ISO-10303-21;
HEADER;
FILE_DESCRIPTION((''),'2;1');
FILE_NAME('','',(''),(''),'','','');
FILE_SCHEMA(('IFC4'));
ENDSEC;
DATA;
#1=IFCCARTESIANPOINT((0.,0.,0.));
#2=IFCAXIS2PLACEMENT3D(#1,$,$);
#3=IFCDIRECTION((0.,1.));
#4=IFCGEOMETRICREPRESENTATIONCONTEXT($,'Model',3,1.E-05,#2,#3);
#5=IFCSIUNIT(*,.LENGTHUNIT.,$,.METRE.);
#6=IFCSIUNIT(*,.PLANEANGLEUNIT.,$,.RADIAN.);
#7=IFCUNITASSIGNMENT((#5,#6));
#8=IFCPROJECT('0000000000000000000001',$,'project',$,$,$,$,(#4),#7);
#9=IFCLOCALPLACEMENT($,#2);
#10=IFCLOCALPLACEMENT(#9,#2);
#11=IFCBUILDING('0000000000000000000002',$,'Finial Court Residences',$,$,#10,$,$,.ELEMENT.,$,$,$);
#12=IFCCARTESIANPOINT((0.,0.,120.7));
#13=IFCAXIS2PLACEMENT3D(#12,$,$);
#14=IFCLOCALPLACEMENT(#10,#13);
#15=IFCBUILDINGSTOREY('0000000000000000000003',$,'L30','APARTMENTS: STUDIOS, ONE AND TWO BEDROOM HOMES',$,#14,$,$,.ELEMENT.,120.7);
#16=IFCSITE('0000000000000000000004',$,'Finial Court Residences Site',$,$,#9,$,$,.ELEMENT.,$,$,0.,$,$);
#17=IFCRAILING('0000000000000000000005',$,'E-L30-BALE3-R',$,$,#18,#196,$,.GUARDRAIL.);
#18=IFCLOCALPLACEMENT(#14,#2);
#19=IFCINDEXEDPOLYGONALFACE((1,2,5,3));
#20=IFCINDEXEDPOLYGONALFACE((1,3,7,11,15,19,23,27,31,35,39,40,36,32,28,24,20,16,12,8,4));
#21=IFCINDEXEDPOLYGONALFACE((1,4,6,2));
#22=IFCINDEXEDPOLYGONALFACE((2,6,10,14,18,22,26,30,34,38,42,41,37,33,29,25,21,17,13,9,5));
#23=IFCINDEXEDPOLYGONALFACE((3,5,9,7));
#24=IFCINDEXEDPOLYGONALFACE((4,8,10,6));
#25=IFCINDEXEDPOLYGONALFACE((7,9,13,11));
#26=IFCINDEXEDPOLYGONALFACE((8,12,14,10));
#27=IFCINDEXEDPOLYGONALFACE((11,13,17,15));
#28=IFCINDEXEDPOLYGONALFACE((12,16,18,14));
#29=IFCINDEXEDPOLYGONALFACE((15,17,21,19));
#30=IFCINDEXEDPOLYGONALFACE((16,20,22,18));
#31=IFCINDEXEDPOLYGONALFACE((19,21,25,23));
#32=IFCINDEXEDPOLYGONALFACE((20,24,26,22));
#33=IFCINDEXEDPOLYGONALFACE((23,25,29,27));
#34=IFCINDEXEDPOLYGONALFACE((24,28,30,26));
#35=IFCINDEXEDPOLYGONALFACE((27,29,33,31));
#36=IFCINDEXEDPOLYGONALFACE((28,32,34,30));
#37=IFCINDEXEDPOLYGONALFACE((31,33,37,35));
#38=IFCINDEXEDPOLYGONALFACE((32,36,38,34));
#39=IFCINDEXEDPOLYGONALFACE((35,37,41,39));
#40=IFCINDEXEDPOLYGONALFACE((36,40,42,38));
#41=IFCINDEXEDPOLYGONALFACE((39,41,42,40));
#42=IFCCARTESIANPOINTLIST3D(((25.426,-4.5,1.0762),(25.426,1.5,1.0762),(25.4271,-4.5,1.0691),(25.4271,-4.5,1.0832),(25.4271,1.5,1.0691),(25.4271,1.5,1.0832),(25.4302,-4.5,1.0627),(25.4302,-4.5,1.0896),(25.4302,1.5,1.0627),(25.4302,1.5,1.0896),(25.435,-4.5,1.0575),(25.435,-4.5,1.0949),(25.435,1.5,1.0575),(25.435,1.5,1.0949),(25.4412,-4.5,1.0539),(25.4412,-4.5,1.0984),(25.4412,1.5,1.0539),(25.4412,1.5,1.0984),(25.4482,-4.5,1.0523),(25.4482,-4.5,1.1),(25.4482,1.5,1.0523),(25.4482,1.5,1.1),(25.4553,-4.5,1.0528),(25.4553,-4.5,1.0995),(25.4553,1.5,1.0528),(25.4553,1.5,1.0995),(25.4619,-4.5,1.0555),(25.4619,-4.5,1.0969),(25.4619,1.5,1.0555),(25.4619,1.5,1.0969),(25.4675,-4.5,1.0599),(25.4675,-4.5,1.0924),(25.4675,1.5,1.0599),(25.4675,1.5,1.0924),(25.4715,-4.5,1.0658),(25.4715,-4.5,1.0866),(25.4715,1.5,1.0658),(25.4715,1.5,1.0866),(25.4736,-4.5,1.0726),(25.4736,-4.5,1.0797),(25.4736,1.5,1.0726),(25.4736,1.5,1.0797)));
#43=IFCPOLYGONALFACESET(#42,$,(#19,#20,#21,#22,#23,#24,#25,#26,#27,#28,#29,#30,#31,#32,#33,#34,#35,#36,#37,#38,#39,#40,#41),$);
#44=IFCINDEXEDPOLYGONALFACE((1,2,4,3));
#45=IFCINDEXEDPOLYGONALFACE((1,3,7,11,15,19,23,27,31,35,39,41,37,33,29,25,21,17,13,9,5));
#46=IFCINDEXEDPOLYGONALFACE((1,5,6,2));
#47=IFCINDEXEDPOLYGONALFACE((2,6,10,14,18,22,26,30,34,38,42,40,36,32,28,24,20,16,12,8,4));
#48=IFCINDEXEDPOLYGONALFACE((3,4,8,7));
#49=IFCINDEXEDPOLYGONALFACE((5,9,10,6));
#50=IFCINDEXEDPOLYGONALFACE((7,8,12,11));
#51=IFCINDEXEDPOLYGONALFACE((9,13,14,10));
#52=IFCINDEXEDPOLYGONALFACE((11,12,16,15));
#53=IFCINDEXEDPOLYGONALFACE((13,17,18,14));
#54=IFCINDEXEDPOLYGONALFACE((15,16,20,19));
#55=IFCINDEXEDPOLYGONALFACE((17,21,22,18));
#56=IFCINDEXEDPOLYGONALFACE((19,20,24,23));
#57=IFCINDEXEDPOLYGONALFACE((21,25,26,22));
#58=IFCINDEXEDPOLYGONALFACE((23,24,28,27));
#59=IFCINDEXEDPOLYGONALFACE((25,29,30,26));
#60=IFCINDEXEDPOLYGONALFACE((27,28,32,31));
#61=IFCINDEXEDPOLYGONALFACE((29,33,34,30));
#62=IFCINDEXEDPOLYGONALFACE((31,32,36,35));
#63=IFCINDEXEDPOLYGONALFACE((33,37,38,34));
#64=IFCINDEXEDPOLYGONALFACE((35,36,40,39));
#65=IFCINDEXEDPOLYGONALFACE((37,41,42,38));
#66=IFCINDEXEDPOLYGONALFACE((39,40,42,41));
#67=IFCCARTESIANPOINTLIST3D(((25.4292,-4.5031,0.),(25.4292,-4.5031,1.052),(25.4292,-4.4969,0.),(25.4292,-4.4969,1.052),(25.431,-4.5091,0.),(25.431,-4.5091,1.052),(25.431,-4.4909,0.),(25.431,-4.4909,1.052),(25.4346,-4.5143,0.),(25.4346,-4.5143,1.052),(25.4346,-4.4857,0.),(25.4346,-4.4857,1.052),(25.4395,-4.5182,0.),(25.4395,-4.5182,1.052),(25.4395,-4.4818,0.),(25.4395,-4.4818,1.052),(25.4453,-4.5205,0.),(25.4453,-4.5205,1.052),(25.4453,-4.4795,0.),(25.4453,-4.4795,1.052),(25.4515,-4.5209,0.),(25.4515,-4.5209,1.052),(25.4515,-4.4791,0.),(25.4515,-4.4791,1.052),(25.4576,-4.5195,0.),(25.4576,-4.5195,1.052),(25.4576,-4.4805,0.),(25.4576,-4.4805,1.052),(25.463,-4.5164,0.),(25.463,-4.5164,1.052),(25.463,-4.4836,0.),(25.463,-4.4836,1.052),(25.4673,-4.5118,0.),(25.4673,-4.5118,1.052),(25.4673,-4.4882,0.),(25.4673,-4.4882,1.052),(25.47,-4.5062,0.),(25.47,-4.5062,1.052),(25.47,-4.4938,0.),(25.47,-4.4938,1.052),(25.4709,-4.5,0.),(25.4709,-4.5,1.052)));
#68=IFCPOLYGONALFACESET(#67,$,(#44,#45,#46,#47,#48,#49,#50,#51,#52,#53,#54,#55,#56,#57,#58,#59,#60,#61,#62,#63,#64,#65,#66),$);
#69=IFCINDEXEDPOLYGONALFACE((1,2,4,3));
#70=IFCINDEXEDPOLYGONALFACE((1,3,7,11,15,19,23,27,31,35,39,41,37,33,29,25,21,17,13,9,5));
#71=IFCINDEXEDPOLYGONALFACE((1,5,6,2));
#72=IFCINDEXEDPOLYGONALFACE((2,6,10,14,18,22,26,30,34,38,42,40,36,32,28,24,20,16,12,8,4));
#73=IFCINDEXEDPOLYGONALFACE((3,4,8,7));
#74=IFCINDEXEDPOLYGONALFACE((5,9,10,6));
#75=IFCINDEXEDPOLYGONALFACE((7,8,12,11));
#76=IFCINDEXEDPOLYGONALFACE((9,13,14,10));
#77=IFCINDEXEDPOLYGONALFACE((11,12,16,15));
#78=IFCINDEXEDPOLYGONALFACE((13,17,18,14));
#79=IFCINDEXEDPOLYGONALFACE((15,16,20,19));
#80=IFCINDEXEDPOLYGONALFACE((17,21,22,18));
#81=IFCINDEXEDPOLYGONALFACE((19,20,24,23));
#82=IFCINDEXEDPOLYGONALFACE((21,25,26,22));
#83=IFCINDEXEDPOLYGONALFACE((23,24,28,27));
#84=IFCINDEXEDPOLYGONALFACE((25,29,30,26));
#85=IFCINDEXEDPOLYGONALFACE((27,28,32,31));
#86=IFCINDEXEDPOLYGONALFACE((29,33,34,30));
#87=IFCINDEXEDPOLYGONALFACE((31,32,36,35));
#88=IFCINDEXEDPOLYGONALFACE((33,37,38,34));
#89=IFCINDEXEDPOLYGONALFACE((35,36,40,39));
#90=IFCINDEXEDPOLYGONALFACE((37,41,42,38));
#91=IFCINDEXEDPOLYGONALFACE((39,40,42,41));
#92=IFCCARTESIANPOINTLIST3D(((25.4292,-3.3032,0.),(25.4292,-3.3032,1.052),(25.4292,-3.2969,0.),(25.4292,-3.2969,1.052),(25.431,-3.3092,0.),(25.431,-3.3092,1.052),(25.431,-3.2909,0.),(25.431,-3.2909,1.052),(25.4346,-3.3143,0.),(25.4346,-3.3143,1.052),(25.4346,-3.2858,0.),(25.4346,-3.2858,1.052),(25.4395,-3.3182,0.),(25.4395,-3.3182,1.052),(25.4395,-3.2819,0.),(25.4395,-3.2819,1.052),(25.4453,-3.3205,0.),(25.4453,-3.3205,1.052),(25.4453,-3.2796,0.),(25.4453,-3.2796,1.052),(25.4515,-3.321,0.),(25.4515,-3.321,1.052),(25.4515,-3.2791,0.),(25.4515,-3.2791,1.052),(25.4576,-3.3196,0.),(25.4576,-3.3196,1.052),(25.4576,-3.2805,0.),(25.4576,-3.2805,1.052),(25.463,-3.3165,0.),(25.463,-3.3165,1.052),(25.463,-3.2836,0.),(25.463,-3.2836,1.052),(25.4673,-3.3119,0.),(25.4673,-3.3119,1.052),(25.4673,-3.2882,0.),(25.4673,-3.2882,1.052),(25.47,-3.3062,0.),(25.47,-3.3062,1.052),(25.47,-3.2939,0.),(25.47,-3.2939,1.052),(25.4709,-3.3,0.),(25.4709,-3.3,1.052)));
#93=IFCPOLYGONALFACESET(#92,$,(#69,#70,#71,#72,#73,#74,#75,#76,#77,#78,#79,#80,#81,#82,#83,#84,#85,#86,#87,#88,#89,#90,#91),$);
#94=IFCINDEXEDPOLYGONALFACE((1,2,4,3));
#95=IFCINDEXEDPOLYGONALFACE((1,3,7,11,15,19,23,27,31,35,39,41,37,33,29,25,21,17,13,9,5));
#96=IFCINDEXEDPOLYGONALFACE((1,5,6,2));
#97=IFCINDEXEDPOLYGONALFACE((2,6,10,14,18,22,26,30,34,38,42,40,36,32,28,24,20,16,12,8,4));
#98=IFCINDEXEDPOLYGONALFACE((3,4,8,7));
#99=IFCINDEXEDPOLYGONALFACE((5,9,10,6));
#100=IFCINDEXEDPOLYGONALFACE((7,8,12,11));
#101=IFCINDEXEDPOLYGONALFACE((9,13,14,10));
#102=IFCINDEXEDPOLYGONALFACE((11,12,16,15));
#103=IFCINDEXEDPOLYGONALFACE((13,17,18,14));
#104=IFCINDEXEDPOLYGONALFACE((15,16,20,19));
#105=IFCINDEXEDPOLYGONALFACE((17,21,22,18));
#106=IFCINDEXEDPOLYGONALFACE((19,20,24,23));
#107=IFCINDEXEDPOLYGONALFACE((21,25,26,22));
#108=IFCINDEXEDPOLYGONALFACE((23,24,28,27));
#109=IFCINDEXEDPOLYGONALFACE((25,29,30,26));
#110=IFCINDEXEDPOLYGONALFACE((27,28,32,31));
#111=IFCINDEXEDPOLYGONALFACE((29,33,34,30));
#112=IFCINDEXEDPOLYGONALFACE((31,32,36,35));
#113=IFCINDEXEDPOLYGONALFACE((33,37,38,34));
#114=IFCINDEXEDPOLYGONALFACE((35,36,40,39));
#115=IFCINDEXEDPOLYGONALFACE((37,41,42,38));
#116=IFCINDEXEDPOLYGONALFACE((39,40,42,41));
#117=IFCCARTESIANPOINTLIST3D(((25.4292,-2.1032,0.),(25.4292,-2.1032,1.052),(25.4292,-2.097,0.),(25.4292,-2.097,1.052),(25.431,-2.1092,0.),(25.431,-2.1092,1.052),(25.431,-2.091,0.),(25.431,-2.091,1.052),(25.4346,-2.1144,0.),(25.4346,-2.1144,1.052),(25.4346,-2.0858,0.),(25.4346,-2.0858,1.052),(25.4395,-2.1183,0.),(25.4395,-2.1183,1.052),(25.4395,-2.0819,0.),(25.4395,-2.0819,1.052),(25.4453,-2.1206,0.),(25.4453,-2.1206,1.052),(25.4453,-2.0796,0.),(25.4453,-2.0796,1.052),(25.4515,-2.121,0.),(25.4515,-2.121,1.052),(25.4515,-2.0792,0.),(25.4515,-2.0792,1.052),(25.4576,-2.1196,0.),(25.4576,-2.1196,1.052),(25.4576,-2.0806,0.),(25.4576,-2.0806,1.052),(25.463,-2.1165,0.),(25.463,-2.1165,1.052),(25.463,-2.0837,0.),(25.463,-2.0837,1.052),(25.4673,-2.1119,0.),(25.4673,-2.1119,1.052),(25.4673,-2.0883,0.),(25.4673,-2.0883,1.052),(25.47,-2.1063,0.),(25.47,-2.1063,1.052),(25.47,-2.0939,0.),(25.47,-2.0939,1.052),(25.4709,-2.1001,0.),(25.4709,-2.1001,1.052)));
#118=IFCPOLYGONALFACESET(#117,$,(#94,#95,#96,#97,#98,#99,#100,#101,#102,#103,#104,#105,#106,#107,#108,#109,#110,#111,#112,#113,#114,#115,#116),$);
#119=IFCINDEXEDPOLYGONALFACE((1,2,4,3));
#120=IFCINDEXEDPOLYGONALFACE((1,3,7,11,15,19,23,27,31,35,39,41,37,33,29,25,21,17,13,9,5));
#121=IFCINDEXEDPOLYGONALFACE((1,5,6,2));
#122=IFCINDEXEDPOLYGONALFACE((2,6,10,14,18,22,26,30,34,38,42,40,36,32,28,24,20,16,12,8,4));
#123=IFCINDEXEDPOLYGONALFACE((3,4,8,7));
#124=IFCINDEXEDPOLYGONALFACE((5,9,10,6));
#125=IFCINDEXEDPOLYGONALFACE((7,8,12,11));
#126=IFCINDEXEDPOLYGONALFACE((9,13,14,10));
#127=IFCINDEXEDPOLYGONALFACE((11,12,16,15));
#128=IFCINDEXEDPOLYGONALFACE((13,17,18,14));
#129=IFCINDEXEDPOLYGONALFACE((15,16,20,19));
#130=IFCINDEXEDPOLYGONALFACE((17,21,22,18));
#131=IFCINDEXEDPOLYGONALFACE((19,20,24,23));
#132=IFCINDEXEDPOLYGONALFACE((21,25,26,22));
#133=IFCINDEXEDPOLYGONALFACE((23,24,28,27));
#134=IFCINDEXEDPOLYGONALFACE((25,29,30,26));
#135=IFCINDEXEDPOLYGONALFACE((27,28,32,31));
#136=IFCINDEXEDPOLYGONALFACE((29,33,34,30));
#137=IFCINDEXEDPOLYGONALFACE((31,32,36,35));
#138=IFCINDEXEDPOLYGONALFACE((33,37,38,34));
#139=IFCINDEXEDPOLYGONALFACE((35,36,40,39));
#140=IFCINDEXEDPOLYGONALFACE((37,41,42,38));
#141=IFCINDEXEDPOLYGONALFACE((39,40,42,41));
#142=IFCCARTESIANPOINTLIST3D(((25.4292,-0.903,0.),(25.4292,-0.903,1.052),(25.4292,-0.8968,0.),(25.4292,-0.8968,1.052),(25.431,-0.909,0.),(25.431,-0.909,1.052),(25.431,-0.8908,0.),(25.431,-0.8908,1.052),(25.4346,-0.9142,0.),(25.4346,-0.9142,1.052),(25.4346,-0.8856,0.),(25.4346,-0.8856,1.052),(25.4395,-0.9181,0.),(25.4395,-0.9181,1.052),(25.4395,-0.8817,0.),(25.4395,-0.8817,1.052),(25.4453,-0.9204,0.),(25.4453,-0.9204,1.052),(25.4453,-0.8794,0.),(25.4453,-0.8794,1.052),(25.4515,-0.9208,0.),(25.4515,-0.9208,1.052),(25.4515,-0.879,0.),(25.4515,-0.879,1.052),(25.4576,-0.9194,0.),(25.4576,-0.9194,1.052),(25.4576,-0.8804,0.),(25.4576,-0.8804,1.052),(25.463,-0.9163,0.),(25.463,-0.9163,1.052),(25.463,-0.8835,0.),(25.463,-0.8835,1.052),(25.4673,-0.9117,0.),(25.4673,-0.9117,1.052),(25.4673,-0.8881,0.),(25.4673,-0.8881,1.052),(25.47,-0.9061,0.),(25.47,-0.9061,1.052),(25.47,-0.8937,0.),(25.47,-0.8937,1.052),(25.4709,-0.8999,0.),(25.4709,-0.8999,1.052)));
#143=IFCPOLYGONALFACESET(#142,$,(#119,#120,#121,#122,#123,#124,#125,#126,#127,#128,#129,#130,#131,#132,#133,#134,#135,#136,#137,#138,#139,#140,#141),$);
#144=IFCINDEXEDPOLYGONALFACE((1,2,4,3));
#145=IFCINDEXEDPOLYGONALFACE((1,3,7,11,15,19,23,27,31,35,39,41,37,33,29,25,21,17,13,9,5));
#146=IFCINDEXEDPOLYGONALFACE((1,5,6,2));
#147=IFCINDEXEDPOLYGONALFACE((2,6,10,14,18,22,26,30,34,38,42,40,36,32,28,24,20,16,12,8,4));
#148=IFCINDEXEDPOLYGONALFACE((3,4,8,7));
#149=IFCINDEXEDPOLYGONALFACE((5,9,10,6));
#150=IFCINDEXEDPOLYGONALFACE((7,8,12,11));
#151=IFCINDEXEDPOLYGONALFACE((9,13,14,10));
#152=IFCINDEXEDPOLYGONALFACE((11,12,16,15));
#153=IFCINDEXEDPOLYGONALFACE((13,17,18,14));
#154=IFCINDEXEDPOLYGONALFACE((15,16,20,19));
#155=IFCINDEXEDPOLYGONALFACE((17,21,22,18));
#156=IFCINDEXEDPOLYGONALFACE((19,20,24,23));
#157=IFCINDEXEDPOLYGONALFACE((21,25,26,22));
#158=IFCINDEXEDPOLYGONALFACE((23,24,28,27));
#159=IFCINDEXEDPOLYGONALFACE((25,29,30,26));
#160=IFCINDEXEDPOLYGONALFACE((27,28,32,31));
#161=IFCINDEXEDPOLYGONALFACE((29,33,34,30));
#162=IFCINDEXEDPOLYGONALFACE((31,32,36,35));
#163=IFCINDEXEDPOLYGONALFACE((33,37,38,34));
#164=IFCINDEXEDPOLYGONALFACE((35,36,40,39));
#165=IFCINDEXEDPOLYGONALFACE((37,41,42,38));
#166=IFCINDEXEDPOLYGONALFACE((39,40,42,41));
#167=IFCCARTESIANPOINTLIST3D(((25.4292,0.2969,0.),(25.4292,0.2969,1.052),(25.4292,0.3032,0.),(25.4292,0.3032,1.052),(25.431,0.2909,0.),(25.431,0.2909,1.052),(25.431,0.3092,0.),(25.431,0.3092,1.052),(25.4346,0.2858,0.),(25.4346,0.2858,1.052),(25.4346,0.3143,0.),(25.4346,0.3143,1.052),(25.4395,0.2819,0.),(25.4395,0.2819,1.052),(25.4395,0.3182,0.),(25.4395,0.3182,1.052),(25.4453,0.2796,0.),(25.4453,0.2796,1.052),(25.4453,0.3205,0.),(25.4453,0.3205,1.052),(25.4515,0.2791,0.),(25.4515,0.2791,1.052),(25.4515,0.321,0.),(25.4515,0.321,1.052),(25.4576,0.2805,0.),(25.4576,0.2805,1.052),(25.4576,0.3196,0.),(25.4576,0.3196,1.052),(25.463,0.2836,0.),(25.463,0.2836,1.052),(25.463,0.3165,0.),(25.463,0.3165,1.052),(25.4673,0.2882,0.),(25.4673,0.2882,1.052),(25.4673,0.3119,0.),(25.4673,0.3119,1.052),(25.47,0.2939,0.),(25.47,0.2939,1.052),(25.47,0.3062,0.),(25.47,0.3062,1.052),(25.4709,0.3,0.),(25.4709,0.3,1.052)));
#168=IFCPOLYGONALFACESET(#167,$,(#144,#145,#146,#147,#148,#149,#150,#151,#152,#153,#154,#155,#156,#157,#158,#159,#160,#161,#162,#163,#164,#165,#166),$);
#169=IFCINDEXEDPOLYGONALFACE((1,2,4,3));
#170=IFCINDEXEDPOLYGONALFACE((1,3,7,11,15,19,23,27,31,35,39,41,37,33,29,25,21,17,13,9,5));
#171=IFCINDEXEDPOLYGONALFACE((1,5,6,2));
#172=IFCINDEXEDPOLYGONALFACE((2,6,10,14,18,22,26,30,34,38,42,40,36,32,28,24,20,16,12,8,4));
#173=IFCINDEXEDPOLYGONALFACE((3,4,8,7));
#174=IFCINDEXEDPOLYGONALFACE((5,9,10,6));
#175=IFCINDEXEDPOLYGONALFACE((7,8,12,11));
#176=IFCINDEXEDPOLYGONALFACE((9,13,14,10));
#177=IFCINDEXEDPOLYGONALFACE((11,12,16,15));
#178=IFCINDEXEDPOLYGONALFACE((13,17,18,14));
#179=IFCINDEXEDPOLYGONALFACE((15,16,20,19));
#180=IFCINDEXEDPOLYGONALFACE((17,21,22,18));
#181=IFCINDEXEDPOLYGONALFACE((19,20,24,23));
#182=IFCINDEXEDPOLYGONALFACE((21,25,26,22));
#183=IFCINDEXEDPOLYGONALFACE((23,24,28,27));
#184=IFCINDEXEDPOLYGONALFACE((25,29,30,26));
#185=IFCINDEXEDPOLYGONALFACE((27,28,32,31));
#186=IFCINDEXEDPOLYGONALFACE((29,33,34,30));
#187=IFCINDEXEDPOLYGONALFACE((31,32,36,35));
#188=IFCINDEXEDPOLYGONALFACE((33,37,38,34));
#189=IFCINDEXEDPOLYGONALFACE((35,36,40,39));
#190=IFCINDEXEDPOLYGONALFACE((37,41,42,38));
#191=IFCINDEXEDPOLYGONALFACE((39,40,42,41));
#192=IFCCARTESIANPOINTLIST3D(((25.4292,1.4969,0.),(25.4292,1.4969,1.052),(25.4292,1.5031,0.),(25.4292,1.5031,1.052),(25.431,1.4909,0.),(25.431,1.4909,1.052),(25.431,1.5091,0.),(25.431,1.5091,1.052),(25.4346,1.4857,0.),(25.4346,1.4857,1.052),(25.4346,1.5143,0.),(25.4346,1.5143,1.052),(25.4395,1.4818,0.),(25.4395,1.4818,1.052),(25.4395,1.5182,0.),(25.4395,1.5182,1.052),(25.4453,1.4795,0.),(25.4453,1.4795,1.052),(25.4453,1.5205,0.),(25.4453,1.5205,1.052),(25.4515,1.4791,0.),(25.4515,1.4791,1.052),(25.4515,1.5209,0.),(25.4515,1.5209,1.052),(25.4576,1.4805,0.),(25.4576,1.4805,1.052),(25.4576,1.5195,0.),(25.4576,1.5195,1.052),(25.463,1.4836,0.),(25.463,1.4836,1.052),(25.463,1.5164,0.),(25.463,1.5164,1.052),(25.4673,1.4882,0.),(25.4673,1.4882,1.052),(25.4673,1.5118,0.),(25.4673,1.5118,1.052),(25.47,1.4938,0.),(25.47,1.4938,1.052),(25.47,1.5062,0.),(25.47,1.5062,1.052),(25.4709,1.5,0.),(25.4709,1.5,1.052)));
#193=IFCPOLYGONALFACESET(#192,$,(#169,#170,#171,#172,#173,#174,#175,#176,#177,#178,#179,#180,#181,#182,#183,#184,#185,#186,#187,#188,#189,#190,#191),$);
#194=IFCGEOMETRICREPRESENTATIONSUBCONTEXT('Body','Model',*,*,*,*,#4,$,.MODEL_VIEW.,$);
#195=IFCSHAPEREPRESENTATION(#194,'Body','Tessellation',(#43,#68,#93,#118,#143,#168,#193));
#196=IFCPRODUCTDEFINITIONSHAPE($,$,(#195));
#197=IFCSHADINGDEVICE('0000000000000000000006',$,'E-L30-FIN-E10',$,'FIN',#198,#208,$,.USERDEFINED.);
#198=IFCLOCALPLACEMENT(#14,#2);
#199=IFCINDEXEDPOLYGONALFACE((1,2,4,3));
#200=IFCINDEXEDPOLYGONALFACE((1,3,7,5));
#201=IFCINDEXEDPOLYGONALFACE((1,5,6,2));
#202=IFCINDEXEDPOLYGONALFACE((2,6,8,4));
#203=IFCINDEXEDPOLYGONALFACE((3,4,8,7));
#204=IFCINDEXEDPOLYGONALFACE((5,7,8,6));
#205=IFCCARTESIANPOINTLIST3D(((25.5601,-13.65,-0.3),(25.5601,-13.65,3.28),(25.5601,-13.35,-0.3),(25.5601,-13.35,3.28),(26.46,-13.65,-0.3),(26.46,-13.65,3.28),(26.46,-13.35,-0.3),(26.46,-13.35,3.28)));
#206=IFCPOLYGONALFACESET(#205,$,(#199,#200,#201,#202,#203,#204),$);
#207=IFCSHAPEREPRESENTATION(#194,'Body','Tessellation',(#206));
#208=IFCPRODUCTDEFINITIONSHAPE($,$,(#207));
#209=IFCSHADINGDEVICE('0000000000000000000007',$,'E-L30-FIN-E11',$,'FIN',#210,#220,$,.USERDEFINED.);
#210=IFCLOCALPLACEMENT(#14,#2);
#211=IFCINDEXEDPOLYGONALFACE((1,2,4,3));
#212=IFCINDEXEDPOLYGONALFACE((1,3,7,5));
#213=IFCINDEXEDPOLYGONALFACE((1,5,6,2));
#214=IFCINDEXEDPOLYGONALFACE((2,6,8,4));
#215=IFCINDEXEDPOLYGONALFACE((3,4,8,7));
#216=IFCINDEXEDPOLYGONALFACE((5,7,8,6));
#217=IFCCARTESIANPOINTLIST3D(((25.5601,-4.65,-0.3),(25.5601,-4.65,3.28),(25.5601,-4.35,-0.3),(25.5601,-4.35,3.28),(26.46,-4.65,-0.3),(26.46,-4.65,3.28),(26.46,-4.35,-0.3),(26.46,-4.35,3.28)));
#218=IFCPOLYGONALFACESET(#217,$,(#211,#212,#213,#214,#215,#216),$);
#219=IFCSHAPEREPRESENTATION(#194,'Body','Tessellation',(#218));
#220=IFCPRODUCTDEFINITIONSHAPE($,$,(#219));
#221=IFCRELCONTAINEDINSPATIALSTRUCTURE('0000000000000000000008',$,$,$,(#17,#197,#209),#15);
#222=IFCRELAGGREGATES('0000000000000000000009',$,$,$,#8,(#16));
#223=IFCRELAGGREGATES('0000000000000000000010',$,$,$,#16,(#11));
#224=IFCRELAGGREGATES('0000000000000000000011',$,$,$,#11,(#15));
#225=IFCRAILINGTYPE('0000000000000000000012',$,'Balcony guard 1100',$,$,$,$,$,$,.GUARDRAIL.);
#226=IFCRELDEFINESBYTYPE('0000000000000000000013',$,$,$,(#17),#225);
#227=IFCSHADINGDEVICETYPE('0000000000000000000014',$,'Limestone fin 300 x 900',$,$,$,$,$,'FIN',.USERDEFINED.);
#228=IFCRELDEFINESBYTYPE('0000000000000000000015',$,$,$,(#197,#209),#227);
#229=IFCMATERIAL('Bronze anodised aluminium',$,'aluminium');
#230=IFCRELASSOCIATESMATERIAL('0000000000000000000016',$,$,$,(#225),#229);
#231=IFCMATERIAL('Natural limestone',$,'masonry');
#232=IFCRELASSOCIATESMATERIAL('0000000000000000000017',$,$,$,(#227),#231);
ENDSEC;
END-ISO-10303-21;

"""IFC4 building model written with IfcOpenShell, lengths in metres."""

from ifc_helpers import new_model, si_unit, direction, frame, origin, origin_2d, place, context, subcontext, project, spatial, rectangle, circle, extrude, material, type_object, element, save


model = new_model("IFC4")

# Units and contexts
model_context = context("Model", 3, precision=1e-05, world=origin(), true_north=direction((0.0, 1.0)))
body_context = subcontext(model_context, "Body", "Model", "MODEL_VIEW")
ifc_project = project(units=[si_unit("LENGTHUNIT", "METRE"), si_unit("PLANEANGLEUNIT", "RADIAN")], contexts=[model_context])

# Site, building, storey
site_placement = place(None, origin())
site = spatial("IfcSite", under=ifc_project, at=site_placement, Name="Finial Court Residences Site", CompositionType="ELEMENT", RefElevation=0.0)
building_placement = place(site_placement, origin())
building = spatial("IfcBuilding", under=site, at=building_placement, Name="Finial Court Residences", CompositionType="ELEMENT")
storey_placement = place(building_placement, frame((0.0, 0.0, 120.7)))
storey = spatial("IfcBuildingStorey", under=building, at=storey_placement, Name="L30", Description="APARTMENTS: STUDIOS, ONE AND TWO BEDROOM HOMES", CompositionType="ELEMENT", Elevation=120.7)

# Shared definitions
ifc_material_1 = material(Name="Bronze anodised aluminium", Category="aluminium")

# Shared definitions
ifc_material_2 = material(Name="Natural limestone", Category="masonry")

# Railing
railing_type = type_object("IfcRailingType", Name="Balcony guard 1100", PredefinedType="GUARDRAIL", material=ifc_material_1)
railing_placement = place(storey_placement, frame((25.45, -4.5, 0.0)))
element("IfcRailing", 1, at=railing_placement, inside=storey, type_object=railing_type, Name="E-L30-BALE3-R", PredefinedType="GUARDRAIL", context=body_context, shape_type="SweptSolid", body=[
    extrude(circle(Radius=0.0239, at=origin_2d()), frame((0.0, 0.0, 1.0762), z_axis=(0.0, 1.0, 0.0), x_axis=(-1.0, 0.0, 0.0)), (0.0, 0.0, 1.0), 6.0),
    extrude(circle(Radius=0.021, at=origin_2d()), origin(), (0.0, 0.0, 1.0), 1.052),
    extrude(circle(Radius=0.021, at=origin_2d()), frame((0.0, 1.2, 0.0)), (0.0, 0.0, 1.0), 1.052),
    extrude(circle(Radius=0.021, at=origin_2d()), frame((0.0, 2.3999, 0.0)), (0.0, 0.0, 1.0), 1.052),
    extrude(circle(Radius=0.021, at=origin_2d()), frame((0.0, 3.6001, 0.0)), (0.0, 0.0, 1.0), 1.052),
    extrude(circle(Radius=0.021, at=origin_2d()), frame((0.0, 4.8, 0.0)), (0.0, 0.0, 1.0), 1.052),
    extrude(circle(Radius=0.021, at=origin_2d()), frame((0.0, 6.0, 0.0)), (0.0, 0.0, 1.0), 1.052),
])

# Shading devices
shading_device_type = type_object("IfcShadingDeviceType", Name="Limestone fin 300 x 900", ElementType="FIN", PredefinedType="USERDEFINED", material=ifc_material_2)
for number, where, z_axis, x_axis, name in (
    (2, (26.01, -13.5, -0.3), (0.0, 0.0, 1.0), (1.0, 0.0, 0.0), "E-L30-FIN-E10"),
    (3, (26.01, -4.5, -0.3), (0.0, 0.0, 1.0), (1.0, 0.0, 0.0), "E-L30-FIN-E11"),
):
    element("IfcShadingDevice", number, at=place(storey_placement, frame(where, z_axis=z_axis, x_axis=x_axis)), inside=storey, type_object=shading_device_type, Name=name, ObjectType="FIN", PredefinedType="USERDEFINED", context=body_context, shape_type="SweptSolid", body=[
        extrude(rectangle(XDim=0.8999, YDim=0.3, at=origin_2d()), origin(), (0.0, 0.0, 1.0), 3.5801),
    ])

save(model, "model.ifc")
